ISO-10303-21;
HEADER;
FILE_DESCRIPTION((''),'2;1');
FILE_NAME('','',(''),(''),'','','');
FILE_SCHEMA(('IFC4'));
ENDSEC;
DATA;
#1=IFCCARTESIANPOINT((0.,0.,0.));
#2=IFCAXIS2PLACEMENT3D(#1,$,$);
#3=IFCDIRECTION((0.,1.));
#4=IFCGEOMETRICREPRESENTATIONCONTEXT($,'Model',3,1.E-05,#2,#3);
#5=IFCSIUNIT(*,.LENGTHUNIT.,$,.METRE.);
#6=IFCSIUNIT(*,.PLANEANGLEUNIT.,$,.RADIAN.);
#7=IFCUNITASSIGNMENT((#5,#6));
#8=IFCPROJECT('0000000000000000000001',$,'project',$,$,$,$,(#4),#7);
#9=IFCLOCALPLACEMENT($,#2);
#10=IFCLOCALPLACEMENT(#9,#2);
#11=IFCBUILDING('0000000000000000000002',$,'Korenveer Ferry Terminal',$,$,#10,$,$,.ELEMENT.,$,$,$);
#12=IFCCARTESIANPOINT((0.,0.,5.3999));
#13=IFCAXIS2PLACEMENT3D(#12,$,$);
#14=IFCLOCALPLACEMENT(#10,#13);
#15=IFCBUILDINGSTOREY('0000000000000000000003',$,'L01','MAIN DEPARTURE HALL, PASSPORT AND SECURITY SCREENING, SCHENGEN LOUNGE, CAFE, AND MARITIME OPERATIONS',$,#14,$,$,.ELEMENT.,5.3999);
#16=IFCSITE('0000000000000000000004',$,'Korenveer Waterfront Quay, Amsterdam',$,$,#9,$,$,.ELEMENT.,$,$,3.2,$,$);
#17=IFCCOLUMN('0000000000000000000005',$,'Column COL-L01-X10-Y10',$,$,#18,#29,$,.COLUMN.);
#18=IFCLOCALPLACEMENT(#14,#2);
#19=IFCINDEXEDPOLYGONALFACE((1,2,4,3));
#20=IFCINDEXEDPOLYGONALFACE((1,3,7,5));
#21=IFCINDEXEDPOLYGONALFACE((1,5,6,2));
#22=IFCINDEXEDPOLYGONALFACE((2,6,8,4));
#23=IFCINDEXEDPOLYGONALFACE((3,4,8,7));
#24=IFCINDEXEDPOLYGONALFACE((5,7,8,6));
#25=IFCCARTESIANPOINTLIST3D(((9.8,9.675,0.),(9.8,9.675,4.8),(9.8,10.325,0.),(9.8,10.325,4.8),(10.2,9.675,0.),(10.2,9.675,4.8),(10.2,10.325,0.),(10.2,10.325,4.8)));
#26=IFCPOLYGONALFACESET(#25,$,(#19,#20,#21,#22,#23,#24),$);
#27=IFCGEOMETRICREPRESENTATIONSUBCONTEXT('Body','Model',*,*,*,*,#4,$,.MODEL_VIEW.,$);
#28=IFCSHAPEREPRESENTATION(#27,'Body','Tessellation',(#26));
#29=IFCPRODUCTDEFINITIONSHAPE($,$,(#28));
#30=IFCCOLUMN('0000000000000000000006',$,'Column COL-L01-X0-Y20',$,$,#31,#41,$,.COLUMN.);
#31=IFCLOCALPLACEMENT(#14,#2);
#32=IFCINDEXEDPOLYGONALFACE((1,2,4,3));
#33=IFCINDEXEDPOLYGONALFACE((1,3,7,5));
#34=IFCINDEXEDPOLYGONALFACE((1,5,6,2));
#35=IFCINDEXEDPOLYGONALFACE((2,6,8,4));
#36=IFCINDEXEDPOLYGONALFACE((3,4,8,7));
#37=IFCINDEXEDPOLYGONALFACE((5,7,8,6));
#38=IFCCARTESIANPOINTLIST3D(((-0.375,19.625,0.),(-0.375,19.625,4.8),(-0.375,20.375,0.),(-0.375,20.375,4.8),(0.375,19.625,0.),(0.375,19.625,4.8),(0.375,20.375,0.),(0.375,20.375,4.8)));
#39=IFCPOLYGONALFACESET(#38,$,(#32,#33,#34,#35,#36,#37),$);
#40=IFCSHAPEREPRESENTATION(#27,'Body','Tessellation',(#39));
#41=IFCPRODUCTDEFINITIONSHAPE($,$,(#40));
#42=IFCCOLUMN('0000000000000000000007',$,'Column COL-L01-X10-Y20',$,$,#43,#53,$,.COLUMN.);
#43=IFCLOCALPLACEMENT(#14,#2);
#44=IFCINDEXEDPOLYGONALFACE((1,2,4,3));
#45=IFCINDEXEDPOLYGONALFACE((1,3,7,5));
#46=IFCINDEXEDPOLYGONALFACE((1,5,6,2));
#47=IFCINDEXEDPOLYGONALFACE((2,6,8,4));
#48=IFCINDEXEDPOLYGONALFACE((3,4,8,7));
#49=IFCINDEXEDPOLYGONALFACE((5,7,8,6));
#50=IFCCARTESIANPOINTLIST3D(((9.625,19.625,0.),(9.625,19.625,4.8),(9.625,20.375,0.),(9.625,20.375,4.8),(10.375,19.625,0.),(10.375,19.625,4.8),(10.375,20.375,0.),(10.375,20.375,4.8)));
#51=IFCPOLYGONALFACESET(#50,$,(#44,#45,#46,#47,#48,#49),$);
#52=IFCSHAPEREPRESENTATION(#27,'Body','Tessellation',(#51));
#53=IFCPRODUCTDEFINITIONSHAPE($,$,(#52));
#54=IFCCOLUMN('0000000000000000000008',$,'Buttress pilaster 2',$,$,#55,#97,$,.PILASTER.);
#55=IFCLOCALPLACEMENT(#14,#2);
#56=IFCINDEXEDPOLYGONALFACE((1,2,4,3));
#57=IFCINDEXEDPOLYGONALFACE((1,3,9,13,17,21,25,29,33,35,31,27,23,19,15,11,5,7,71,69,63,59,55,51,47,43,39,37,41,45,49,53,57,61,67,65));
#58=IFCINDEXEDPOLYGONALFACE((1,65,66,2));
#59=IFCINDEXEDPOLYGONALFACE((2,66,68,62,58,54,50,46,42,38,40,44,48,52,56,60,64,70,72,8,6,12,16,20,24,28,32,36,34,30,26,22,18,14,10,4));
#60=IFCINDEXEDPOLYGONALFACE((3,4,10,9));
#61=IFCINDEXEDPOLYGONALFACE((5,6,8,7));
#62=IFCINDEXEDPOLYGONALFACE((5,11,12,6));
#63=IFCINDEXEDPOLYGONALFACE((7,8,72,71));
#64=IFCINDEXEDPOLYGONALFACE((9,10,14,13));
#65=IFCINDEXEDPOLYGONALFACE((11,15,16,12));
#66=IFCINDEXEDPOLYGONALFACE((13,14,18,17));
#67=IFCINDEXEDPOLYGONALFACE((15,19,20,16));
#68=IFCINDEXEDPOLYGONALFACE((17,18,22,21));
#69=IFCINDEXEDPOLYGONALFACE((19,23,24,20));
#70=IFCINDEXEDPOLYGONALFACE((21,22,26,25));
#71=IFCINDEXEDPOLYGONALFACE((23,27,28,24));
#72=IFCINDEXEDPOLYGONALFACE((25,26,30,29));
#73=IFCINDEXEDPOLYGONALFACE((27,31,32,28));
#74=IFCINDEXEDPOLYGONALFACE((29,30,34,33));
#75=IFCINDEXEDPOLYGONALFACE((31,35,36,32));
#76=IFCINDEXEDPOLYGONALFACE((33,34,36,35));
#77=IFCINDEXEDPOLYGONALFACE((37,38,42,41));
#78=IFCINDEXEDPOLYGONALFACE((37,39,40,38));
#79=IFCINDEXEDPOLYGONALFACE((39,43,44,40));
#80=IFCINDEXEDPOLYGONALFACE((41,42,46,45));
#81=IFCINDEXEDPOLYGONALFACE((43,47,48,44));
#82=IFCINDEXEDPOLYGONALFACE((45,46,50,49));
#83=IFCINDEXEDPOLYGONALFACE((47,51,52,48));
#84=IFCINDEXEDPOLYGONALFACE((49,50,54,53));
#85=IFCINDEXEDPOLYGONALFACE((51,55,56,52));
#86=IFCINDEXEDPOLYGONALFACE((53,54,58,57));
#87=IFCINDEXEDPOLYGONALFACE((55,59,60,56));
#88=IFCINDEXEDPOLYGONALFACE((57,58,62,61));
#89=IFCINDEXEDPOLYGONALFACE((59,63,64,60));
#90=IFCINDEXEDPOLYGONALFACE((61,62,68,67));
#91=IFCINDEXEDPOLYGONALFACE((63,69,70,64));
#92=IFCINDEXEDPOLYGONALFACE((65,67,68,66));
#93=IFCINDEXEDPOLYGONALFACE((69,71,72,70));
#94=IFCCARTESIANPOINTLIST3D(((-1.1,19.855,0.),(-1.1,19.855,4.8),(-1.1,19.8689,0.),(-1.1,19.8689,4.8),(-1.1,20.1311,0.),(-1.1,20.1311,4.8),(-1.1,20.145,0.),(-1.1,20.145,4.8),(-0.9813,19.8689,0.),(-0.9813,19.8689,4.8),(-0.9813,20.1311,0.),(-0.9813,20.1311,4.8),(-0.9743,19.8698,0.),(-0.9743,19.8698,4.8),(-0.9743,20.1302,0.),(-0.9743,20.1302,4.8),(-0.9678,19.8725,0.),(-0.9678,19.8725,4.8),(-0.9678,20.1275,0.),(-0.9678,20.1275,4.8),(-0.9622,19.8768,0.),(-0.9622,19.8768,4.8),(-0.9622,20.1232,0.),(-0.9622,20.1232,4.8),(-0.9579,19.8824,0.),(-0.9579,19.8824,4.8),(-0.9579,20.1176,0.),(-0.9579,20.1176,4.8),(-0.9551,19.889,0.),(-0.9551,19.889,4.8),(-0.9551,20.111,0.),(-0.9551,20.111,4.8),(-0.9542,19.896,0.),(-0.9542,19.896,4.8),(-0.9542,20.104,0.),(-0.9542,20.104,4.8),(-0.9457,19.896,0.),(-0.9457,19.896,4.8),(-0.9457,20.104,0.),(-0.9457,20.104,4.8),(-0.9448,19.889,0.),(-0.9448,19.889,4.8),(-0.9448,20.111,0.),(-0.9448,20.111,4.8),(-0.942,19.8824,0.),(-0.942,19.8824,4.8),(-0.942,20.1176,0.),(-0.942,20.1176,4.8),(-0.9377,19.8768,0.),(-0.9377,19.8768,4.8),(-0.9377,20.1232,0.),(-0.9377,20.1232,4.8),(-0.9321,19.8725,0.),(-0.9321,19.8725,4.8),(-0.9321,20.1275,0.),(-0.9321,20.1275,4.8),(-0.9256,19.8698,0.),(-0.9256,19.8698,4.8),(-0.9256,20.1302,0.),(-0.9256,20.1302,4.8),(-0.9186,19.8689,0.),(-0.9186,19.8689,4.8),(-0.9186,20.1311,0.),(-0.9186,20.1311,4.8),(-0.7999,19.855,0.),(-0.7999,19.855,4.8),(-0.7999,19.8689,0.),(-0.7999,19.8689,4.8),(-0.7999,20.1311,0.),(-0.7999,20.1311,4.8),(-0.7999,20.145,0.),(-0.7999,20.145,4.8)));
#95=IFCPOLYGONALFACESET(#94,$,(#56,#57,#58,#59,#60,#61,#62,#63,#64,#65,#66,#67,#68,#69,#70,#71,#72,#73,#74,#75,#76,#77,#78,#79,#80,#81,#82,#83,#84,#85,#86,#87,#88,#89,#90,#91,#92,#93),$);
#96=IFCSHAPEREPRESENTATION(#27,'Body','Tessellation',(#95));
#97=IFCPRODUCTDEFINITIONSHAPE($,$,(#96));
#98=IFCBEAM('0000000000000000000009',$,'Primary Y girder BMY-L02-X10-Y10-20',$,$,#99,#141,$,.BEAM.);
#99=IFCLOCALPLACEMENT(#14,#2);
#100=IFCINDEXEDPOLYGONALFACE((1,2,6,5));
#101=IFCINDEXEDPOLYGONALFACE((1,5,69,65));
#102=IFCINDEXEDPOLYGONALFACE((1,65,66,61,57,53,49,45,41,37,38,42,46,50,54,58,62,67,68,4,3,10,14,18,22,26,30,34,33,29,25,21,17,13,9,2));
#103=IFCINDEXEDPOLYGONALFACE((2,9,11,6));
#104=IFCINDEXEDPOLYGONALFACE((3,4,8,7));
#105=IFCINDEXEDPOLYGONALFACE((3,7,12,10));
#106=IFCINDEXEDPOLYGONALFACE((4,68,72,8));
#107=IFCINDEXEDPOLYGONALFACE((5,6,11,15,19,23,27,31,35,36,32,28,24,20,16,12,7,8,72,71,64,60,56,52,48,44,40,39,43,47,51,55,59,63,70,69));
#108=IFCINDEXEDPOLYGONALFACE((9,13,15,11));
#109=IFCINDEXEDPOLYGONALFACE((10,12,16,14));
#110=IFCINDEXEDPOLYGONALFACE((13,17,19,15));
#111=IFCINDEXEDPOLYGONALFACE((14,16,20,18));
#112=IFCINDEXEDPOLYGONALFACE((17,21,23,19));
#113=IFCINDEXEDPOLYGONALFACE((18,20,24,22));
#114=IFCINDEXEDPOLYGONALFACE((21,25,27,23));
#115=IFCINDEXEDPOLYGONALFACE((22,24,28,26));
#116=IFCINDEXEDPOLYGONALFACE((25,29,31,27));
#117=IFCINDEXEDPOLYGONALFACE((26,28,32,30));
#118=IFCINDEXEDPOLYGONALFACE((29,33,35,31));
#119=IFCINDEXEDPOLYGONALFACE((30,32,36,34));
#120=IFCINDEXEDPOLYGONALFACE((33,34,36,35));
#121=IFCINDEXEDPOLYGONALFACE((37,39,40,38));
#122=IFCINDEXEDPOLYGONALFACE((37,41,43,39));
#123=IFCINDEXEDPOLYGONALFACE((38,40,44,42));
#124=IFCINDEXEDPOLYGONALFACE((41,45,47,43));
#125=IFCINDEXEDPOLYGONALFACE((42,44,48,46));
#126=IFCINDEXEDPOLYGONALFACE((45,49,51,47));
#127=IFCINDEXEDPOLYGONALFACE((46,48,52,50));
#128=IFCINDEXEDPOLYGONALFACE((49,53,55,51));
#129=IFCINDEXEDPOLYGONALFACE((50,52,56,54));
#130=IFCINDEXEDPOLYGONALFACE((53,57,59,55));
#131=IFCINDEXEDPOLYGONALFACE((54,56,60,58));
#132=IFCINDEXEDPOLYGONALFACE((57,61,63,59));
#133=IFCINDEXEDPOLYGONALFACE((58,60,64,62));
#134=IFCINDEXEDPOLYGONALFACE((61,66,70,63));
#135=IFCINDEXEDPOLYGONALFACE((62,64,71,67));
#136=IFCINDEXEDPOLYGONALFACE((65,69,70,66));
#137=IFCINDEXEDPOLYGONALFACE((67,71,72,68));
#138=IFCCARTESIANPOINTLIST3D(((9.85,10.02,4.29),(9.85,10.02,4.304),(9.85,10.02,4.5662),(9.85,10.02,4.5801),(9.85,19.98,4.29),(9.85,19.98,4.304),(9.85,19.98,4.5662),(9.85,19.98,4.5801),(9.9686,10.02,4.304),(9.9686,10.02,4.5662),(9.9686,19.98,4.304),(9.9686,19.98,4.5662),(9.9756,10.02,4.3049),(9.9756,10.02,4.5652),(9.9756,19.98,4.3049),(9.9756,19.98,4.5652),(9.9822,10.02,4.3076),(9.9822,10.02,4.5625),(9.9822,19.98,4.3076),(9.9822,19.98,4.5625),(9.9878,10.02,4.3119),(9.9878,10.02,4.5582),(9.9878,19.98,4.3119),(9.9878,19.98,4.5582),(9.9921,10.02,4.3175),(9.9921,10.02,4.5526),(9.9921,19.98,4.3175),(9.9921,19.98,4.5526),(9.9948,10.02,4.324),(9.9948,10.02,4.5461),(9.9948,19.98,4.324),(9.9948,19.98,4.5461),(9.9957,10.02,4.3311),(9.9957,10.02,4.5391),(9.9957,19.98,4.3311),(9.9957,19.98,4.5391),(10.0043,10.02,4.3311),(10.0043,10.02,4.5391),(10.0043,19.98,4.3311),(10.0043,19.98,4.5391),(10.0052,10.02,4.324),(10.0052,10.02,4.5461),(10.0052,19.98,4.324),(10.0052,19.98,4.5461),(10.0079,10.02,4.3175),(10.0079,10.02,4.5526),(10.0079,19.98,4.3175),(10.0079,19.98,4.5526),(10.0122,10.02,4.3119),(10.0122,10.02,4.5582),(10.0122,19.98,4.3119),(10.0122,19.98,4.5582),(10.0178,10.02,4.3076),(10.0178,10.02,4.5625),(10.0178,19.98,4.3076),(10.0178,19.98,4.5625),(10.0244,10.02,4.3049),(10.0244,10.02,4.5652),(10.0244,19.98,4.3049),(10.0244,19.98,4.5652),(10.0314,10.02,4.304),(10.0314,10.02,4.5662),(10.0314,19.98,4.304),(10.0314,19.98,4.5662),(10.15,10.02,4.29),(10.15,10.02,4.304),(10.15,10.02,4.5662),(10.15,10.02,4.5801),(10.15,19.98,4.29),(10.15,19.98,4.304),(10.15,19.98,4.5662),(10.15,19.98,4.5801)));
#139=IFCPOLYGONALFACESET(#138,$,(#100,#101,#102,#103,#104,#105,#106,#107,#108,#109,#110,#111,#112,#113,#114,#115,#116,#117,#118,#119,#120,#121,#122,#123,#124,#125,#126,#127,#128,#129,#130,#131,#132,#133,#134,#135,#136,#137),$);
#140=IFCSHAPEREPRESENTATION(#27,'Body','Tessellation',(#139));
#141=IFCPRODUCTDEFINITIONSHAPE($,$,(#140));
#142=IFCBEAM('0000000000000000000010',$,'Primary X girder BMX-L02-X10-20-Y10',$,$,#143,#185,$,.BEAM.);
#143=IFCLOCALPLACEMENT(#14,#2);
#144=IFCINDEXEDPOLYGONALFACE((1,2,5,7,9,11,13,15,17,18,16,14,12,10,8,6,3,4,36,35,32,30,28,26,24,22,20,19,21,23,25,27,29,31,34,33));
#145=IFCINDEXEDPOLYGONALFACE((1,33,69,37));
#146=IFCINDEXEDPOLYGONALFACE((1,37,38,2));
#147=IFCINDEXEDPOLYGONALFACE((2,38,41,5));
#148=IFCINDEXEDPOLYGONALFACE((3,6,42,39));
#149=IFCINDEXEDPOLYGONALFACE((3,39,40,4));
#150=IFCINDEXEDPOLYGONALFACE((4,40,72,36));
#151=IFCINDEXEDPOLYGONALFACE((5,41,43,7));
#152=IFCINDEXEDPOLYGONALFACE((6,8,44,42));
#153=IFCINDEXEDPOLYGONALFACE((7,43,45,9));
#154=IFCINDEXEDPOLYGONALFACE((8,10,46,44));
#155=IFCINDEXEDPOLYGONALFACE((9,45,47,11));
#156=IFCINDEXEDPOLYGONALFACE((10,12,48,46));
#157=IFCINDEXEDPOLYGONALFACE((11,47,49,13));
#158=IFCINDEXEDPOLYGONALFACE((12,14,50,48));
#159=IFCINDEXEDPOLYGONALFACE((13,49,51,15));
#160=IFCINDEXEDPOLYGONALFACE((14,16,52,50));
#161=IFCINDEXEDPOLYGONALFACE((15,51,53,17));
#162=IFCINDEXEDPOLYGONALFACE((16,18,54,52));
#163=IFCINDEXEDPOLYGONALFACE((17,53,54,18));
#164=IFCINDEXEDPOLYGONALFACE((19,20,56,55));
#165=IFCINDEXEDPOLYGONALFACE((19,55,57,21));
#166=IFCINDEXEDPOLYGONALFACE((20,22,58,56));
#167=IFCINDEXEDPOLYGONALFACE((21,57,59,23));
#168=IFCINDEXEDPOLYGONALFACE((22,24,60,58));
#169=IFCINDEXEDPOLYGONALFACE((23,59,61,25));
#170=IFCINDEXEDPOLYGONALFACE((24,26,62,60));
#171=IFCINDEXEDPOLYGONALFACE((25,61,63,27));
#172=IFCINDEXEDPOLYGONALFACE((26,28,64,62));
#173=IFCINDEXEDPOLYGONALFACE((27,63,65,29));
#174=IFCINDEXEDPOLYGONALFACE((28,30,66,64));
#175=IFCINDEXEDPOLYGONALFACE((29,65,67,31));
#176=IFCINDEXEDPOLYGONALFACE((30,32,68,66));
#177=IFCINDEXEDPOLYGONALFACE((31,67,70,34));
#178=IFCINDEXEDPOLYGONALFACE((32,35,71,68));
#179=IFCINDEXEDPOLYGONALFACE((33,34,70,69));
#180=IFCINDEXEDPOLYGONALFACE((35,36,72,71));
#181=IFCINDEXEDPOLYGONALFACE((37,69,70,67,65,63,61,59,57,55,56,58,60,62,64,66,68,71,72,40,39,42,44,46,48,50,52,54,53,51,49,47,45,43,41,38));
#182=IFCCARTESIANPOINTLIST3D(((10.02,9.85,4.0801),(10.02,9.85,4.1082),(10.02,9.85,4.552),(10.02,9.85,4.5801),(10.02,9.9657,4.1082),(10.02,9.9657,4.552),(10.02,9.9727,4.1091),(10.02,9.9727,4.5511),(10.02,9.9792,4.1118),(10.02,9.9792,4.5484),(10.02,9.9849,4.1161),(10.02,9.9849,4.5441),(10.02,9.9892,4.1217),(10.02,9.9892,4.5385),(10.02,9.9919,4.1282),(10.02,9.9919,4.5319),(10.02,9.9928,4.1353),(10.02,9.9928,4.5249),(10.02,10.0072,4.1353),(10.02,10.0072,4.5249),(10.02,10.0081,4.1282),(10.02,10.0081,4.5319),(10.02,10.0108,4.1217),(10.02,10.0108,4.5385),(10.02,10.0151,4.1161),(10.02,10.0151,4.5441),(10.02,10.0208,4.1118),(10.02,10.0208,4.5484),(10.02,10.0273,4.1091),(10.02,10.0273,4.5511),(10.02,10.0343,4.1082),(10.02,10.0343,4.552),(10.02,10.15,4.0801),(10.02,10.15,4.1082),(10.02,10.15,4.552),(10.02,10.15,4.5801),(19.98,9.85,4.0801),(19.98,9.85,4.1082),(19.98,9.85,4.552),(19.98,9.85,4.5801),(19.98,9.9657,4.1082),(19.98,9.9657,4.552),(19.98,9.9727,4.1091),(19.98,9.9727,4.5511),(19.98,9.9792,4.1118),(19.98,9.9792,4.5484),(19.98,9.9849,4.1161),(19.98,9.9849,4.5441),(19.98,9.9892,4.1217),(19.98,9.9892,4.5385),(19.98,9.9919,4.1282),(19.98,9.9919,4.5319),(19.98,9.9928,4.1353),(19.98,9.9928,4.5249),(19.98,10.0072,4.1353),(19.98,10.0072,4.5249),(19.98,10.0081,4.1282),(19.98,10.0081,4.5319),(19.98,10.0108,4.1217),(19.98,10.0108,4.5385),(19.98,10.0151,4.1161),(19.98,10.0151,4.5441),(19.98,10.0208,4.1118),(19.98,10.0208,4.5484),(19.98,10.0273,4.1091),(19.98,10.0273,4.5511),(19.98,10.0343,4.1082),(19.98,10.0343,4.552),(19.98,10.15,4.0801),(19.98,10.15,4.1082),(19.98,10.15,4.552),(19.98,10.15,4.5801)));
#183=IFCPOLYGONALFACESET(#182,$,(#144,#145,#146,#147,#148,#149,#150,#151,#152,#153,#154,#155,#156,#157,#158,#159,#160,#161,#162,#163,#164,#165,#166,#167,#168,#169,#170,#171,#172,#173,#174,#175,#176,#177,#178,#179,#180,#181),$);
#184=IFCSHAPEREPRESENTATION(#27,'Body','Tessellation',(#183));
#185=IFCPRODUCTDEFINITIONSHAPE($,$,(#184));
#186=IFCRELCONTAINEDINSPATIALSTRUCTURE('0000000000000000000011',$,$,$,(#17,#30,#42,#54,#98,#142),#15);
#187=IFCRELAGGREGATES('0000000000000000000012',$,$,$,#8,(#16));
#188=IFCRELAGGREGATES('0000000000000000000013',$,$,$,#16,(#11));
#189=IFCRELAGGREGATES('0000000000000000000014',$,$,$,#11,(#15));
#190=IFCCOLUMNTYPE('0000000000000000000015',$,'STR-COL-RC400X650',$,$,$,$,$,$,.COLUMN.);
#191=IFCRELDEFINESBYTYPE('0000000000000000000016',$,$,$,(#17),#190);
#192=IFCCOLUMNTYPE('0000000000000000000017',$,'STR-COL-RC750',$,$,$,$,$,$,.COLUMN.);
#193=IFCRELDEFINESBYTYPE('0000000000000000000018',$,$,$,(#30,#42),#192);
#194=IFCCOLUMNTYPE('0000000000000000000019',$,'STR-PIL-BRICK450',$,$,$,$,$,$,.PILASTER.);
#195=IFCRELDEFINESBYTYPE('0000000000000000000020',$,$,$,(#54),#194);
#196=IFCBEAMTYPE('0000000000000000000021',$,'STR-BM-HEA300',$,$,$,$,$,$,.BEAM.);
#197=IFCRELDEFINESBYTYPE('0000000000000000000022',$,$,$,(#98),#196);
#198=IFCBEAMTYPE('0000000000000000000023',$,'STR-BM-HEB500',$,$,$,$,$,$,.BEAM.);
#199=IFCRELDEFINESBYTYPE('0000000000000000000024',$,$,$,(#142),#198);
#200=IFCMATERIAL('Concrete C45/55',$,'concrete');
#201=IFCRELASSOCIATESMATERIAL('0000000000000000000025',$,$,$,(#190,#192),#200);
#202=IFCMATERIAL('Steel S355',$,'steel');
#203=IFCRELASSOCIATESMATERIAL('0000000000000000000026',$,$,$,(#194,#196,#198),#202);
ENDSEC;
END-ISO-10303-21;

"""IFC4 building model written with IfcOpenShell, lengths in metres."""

from ifc_helpers import new_model, si_unit, direction, frame, origin, origin_2d, place, context, subcontext, project, spatial, rectangle, i_section, extrude, material, material_profile, profile_set, type_object, element, save


model = new_model("IFC4")

# Units and contexts
model_context = context("Model", 3, precision=1e-05, world=origin(), true_north=direction((0.0, 1.0)))
body_context = subcontext(model_context, "Body", "Model", "MODEL_VIEW")
ifc_project = project(units=[si_unit("LENGTHUNIT", "METRE"), si_unit("PLANEANGLEUNIT", "RADIAN")], contexts=[model_context])

# Site, building, storey
site_placement = place(None, origin())
site = spatial("IfcSite", under=ifc_project, at=site_placement, Name="Korenveer Waterfront Quay, Amsterdam", CompositionType="ELEMENT", RefElevation=3.2)
building_placement = place(site_placement, origin())
building = spatial("IfcBuilding", under=site, at=building_placement, Name="Korenveer Ferry Terminal", CompositionType="ELEMENT")
storey_placement = place(building_placement, frame((0.0, 0.0, 5.3999)))
storey = spatial("IfcBuildingStorey", under=building, at=storey_placement, Name="L01", Description="MAIN DEPARTURE HALL, PASSPORT AND SECURITY SCREENING, SCHENGEN LOUNGE, CAFE, AND MARITIME OPERATIONS", CompositionType="ELEMENT", Elevation=5.3999)

# Columns
ifc_material_1 = material(Name="Concrete C45/55", Category="concrete")
ifc_material_profile_1 = material_profile(ifc_material_1, rectangle(XDim=0.3999, YDim=0.6499, at=origin_2d()), Name="RC 400x650")
ifc_profile_set_1 = profile_set([ifc_material_profile_1], Name="Concrete C45/55")
column_type_1 = type_object("IfcColumnType", Name="STR-COL-RC400X650", PredefinedType="COLUMN", material=ifc_profile_set_1)
column_1_placement = place(storey_placement, frame((10.0, 10.0, 0.0), z_axis=(0.0, 0.0, 1.0), x_axis=(1.0, 0.0, 0.0)))
element("IfcColumn", 1, at=column_1_placement, inside=storey, type_object=column_type_1, Name="Column COL-L01-X10-Y10", PredefinedType="COLUMN", context=body_context, shape_type="SweptSolid", body=[
    extrude(rectangle(XDim=0.3999, YDim=0.6499, at=origin_2d()), origin(), (0.0, 0.0, 1.0), 4.8),
])
ifc_material_profile_2 = material_profile(ifc_material_1, rectangle(XDim=0.75, YDim=0.75, at=origin_2d()), Name="RC 750x750")
ifc_profile_set_2 = profile_set([ifc_material_profile_2], Name="Concrete C45/55")
column_type_2 = type_object("IfcColumnType", Name="STR-COL-RC750", PredefinedType="COLUMN", material=ifc_profile_set_2)
for number, where, z_axis, x_axis, name in (
    (2, (0.0, 20.0, 0.0), (0.0, 0.0, 1.0), (1.0, 0.0, 0.0), "Column COL-L01-X0-Y20"),
    (3, (10.0, 20.0, 0.0), (0.0, 0.0, 1.0), (1.0, 0.0, 0.0), "Column COL-L01-X10-Y20"),
):
    element("IfcColumn", number, at=place(storey_placement, frame(where, z_axis=z_axis, x_axis=x_axis)), inside=storey, type_object=column_type_2, Name=name, PredefinedType="COLUMN", context=body_context, shape_type="SweptSolid", body=[
        extrude(rectangle(XDim=0.75, YDim=0.75, at=origin_2d()), origin(), (0.0, 0.0, 1.0), 4.8),
    ])
ifc_material_2 = material(Name="Steel S355", Category="steel")
ifc_material_profile_3 = material_profile(ifc_material_2, i_section(OverallWidth=0.3, OverallDepth=0.29, WebThickness=0.0085, FlangeThickness=0.0139, FilletRadius=0.0271, at=origin_2d()), Name="HEA 300")
ifc_profile_set_3 = profile_set([ifc_material_profile_3], Name="Steel S355")
column_type_3 = type_object("IfcColumnType", Name="STR-PIL-BRICK450", PredefinedType="PILASTER", material=ifc_profile_set_3)
column_2_placement = place(storey_placement, frame((-0.95, 20.0, 0.0), z_axis=(0.0, 0.0, 1.0), x_axis=(1.0, 0.0, 0.0)))
element("IfcColumn", 4, at=column_2_placement, inside=storey, type_object=column_type_3, Name="Buttress pilaster 2", PredefinedType="PILASTER", context=body_context, shape_type="SweptSolid", body=[
    extrude(i_section(OverallWidth=0.3, OverallDepth=0.29, WebThickness=0.0085, FlangeThickness=0.0139, FilletRadius=0.0271, at=origin_2d()), origin(), (0.0, 0.0, 1.0), 4.8),
])

# Beams
ifc_material_profile_4 = material_profile(ifc_material_2, i_section(OverallWidth=0.3, OverallDepth=0.29, WebThickness=0.0085, FlangeThickness=0.0139, FilletRadius=0.0271, at=origin_2d()), Name="HEA 300")
ifc_profile_set_4 = profile_set([ifc_material_profile_4], Name="Steel S355")
beam_type_1 = type_object("IfcBeamType", Name="STR-BM-HEA300", PredefinedType="BEAM", material=ifc_profile_set_4)
beam_1_placement = place(storey_placement, frame((10.0, 10.02, 4.4351), z_axis=(0.0, 1.0, 0.0), x_axis=(-1.0, 0.0, 0.0)))
element("IfcBeam", 5, at=beam_1_placement, inside=storey, type_object=beam_type_1, Name="Primary Y girder BMY-L02-X10-Y10-20", PredefinedType="BEAM", context=body_context, shape_type="SweptSolid", body=[
    extrude(i_section(OverallWidth=0.3, OverallDepth=0.29, WebThickness=0.0085, FlangeThickness=0.0139, FilletRadius=0.0271, at=origin_2d()), origin(), (0.0, 0.0, 1.0), 9.96),
])
ifc_material_profile_5 = material_profile(ifc_material_2, i_section(OverallWidth=0.3, OverallDepth=0.5, WebThickness=0.0144, FlangeThickness=0.0281, FilletRadius=0.0271, at=origin_2d()), Name="HEB 500")
ifc_profile_set_5 = profile_set([ifc_material_profile_5], Name="Steel S355")
beam_type_2 = type_object("IfcBeamType", Name="STR-BM-HEB500", PredefinedType="BEAM", material=ifc_profile_set_5)
beam_2_placement = place(storey_placement, frame((10.02, 10.0, 4.3301), z_axis=(1.0, 0.0, 0.0), x_axis=(0.0, 1.0, 0.0)))
element("IfcBeam", 6, at=beam_2_placement, inside=storey, type_object=beam_type_2, Name="Primary X girder BMX-L02-X10-20-Y10", PredefinedType="BEAM", context=body_context, shape_type="SweptSolid", body=[
    extrude(i_section(OverallWidth=0.3, OverallDepth=0.5, WebThickness=0.0144, FlangeThickness=0.0281, FilletRadius=0.0271, at=origin_2d()), origin(), (0.0, 0.0, 1.0), 9.96),
])

save(model, "model.ifc")
